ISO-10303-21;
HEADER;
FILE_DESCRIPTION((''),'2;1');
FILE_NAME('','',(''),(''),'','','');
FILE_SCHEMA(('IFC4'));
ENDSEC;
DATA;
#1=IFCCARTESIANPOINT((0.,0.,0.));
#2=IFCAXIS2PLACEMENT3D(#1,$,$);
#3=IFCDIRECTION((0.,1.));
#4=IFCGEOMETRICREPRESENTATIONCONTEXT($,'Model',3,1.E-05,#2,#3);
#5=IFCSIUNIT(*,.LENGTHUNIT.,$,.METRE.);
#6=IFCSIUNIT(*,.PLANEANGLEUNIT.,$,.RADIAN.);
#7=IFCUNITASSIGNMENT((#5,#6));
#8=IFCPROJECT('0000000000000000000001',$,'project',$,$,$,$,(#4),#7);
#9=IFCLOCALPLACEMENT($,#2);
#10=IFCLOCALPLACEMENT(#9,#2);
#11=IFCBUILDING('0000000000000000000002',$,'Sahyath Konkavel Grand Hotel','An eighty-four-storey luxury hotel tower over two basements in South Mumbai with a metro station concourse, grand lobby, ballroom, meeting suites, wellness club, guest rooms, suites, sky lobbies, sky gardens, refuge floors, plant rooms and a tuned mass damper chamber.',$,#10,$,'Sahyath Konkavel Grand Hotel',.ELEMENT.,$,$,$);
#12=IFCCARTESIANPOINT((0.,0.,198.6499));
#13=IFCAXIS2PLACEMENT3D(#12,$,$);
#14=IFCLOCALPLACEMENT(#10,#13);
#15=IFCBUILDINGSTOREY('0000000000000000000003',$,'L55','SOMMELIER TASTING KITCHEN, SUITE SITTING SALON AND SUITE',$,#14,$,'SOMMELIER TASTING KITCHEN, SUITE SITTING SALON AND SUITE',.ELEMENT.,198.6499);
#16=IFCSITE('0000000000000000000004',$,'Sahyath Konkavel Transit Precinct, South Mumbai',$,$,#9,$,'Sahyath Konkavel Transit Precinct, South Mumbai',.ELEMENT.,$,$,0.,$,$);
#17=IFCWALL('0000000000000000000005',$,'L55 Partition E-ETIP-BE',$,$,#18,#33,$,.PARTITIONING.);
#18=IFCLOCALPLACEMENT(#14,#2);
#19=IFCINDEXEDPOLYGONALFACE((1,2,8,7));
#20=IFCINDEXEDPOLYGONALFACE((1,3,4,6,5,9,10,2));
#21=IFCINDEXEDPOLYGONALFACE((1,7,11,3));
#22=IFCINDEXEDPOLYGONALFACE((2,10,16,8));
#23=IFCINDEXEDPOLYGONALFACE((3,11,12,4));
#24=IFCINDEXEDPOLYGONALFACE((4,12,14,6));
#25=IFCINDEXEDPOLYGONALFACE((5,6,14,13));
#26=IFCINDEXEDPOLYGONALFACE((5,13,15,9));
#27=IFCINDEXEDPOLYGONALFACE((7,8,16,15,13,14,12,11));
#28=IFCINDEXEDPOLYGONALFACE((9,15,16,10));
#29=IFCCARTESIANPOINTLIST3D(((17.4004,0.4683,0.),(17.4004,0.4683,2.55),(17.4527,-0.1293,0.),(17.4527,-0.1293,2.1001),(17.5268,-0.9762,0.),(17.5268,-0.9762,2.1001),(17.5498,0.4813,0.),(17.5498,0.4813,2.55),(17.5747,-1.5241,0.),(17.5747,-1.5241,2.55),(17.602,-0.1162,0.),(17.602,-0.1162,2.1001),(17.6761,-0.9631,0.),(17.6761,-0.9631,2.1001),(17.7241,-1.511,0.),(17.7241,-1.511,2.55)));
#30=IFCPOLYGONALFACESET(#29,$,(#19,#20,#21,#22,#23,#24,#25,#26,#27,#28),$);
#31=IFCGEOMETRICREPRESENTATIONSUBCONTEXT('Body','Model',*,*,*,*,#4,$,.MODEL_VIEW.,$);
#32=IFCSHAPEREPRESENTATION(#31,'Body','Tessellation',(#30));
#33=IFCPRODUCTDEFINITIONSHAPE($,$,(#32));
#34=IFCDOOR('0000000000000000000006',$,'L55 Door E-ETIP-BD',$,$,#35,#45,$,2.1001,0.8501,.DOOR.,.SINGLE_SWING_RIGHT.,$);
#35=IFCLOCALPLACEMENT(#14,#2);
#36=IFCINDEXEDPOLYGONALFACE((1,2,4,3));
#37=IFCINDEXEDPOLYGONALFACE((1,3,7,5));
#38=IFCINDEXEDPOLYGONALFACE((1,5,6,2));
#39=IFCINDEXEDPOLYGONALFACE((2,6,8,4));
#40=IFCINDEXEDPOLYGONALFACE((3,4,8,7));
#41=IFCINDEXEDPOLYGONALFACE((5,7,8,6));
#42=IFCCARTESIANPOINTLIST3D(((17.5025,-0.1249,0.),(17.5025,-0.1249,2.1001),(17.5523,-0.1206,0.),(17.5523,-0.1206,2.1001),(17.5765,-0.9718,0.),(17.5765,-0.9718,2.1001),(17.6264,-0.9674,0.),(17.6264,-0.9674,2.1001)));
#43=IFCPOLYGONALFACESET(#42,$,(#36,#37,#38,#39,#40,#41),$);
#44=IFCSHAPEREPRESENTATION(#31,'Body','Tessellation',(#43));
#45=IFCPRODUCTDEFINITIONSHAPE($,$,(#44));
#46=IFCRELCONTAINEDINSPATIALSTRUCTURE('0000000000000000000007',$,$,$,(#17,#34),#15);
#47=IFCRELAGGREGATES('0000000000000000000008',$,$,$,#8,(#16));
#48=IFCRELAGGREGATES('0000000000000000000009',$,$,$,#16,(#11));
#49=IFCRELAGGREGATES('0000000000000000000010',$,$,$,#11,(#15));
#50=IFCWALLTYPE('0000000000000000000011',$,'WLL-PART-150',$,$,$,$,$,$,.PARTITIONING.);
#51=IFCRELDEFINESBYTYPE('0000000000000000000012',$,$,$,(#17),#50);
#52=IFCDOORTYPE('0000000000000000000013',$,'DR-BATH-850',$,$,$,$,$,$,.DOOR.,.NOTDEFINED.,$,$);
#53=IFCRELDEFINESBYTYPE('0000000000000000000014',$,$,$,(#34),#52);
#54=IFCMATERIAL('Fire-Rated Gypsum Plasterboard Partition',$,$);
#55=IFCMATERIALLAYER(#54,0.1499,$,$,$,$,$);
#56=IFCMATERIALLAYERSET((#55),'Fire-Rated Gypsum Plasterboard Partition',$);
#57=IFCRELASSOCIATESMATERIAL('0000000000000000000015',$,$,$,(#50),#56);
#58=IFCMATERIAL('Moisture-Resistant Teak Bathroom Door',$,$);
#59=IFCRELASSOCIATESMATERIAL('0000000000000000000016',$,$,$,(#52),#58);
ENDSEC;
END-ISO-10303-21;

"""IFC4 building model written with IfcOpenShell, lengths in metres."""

from ifc_helpers import new_model, si_unit, direction, frame, frame_2d, origin, origin_2d, place, context, subcontext, project, spatial, rectangle, extrude, source, transform, mapped, material, layer, layer_set, type_object, element, fill, save


model = new_model("IFC4")

# Units and contexts
model_context = context("Model", 3, precision=1e-05, world=origin(), true_north=direction((0.0, 1.0)))
body_context = subcontext(model_context, "Body", "Model", "MODEL_VIEW")
ifc_project = project(units=[si_unit("LENGTHUNIT", "METRE"), si_unit("PLANEANGLEUNIT", "RADIAN")], contexts=[model_context])

# Site, building, storey
site_placement = place(None, origin())
site = spatial("IfcSite", under=ifc_project, at=site_placement, Name="Sahyath Konkavel Transit Precinct, South Mumbai", LongName="Sahyath Konkavel Transit Precinct, South Mumbai", CompositionType="ELEMENT", RefElevation=0.0)
building_placement = place(site_placement, origin())
building = spatial("IfcBuilding", under=site, at=building_placement, Name="Sahyath Konkavel Grand Hotel", Description="An eighty-four-storey luxury hotel tower over two basements in South Mumbai with a metro station concourse, grand lobby, ballroom, meeting suites, wellness club, guest rooms, suites, sky lobbies, sky gardens, refuge floors, plant rooms and a tuned mass damper chamber.", LongName="Sahyath Konkavel Grand Hotel", CompositionType="ELEMENT")
storey_placement = place(building_placement, frame((0.0, 0.0, 198.6499)))
storey = spatial("IfcBuildingStorey", under=building, at=storey_placement, Name="L55", Description="SOMMELIER TASTING KITCHEN, SUITE SITTING SALON AND SUITE", LongName="SOMMELIER TASTING KITCHEN, SUITE SITTING SALON AND SUITE", CompositionType="ELEMENT", Elevation=198.6499)

# Shared definitions
shared_shape_1 = source(origin(), body_context, "Body", "SweptSolid", [
    extrude(rectangle(XDim=0.8501, YDim=0.05, at=origin_2d()), origin(), (0.0, 0.0, 1.0), 2.1001),
])

# Shared definitions
ifc_material_1 = material(Name="Fire-Rated Gypsum Plasterboard Partition")
ifc_layer_1 = layer(ifc_material_1, 0.1499)
ifc_layer_set_1 = layer_set([ifc_layer_1], Name="Fire-Rated Gypsum Plasterboard Partition")
wall_type_1 = type_object("IfcWallType", Name="WLL-PART-150", PredefinedType="PARTITIONING", material=ifc_layer_set_1)

# Wall, opening, door
wall_1_placement = place(storey_placement, frame((17.6494, -1.5176, 0.0), z_axis=(0.0, 0.0, 1.0), x_axis=(-0.087156, 0.996195, 0.0)))
wall_1 = element("IfcWall", 1, at=wall_1_placement, inside=storey, type_object=wall_type_1, Name="L55 Partition E-ETIP-BE", PredefinedType="PARTITIONING", context=body_context, shape_type="SweptSolid", body=[
    extrude(rectangle(XDim=2.0, YDim=0.1499, at=frame_2d((1.0, 0.0))), origin(), (0.0, 0.0, 1.0), 2.55),
])
opening_1_placement = place(wall_1_placement, frame((0.55, 0.0, 0.0)))
opening_1 = element("IfcOpeningElement", 2, at=opening_1_placement, cuts=wall_1, PredefinedType="OPENING", context=body_context, shape_type="SweptSolid", body=[
    extrude(rectangle(XDim=0.8501, YDim=2.1001, at=frame_2d((0.425, 1.05))), frame((0.0, 0.085, 0.0), z_axis=(0.0, -1.0, 0.0), x_axis=(1.0, 0.0, 0.0)), (0.0, 0.0, 1.0), 0.1699),
])
ifc_material_2 = material(Name="Moisture-Resistant Teak Bathroom Door")
door_type_1 = type_object("IfcDoorType", Name="DR-BATH-850", OperationType="NOTDEFINED", PredefinedType="DOOR", material=ifc_material_2)
door_1_placement = place(opening_1_placement, frame((0.425, 0.0, 0.0)))
door_1 = element("IfcDoor", 3, at=door_1_placement, inside=storey, type_object=door_type_1, Name="L55 Door E-ETIP-BD", OperationType="SINGLE_SWING_RIGHT", OverallHeight=2.1001, OverallWidth=0.8501, PredefinedType="DOOR", context=body_context, shape_type="MappedRepresentation", body=[
    mapped(shared_shape_1, transform((0.0, 0.0, 0.0), scale=1.0)),
])
fill(opening_1, door_1)

save(model, "model.ifc")
